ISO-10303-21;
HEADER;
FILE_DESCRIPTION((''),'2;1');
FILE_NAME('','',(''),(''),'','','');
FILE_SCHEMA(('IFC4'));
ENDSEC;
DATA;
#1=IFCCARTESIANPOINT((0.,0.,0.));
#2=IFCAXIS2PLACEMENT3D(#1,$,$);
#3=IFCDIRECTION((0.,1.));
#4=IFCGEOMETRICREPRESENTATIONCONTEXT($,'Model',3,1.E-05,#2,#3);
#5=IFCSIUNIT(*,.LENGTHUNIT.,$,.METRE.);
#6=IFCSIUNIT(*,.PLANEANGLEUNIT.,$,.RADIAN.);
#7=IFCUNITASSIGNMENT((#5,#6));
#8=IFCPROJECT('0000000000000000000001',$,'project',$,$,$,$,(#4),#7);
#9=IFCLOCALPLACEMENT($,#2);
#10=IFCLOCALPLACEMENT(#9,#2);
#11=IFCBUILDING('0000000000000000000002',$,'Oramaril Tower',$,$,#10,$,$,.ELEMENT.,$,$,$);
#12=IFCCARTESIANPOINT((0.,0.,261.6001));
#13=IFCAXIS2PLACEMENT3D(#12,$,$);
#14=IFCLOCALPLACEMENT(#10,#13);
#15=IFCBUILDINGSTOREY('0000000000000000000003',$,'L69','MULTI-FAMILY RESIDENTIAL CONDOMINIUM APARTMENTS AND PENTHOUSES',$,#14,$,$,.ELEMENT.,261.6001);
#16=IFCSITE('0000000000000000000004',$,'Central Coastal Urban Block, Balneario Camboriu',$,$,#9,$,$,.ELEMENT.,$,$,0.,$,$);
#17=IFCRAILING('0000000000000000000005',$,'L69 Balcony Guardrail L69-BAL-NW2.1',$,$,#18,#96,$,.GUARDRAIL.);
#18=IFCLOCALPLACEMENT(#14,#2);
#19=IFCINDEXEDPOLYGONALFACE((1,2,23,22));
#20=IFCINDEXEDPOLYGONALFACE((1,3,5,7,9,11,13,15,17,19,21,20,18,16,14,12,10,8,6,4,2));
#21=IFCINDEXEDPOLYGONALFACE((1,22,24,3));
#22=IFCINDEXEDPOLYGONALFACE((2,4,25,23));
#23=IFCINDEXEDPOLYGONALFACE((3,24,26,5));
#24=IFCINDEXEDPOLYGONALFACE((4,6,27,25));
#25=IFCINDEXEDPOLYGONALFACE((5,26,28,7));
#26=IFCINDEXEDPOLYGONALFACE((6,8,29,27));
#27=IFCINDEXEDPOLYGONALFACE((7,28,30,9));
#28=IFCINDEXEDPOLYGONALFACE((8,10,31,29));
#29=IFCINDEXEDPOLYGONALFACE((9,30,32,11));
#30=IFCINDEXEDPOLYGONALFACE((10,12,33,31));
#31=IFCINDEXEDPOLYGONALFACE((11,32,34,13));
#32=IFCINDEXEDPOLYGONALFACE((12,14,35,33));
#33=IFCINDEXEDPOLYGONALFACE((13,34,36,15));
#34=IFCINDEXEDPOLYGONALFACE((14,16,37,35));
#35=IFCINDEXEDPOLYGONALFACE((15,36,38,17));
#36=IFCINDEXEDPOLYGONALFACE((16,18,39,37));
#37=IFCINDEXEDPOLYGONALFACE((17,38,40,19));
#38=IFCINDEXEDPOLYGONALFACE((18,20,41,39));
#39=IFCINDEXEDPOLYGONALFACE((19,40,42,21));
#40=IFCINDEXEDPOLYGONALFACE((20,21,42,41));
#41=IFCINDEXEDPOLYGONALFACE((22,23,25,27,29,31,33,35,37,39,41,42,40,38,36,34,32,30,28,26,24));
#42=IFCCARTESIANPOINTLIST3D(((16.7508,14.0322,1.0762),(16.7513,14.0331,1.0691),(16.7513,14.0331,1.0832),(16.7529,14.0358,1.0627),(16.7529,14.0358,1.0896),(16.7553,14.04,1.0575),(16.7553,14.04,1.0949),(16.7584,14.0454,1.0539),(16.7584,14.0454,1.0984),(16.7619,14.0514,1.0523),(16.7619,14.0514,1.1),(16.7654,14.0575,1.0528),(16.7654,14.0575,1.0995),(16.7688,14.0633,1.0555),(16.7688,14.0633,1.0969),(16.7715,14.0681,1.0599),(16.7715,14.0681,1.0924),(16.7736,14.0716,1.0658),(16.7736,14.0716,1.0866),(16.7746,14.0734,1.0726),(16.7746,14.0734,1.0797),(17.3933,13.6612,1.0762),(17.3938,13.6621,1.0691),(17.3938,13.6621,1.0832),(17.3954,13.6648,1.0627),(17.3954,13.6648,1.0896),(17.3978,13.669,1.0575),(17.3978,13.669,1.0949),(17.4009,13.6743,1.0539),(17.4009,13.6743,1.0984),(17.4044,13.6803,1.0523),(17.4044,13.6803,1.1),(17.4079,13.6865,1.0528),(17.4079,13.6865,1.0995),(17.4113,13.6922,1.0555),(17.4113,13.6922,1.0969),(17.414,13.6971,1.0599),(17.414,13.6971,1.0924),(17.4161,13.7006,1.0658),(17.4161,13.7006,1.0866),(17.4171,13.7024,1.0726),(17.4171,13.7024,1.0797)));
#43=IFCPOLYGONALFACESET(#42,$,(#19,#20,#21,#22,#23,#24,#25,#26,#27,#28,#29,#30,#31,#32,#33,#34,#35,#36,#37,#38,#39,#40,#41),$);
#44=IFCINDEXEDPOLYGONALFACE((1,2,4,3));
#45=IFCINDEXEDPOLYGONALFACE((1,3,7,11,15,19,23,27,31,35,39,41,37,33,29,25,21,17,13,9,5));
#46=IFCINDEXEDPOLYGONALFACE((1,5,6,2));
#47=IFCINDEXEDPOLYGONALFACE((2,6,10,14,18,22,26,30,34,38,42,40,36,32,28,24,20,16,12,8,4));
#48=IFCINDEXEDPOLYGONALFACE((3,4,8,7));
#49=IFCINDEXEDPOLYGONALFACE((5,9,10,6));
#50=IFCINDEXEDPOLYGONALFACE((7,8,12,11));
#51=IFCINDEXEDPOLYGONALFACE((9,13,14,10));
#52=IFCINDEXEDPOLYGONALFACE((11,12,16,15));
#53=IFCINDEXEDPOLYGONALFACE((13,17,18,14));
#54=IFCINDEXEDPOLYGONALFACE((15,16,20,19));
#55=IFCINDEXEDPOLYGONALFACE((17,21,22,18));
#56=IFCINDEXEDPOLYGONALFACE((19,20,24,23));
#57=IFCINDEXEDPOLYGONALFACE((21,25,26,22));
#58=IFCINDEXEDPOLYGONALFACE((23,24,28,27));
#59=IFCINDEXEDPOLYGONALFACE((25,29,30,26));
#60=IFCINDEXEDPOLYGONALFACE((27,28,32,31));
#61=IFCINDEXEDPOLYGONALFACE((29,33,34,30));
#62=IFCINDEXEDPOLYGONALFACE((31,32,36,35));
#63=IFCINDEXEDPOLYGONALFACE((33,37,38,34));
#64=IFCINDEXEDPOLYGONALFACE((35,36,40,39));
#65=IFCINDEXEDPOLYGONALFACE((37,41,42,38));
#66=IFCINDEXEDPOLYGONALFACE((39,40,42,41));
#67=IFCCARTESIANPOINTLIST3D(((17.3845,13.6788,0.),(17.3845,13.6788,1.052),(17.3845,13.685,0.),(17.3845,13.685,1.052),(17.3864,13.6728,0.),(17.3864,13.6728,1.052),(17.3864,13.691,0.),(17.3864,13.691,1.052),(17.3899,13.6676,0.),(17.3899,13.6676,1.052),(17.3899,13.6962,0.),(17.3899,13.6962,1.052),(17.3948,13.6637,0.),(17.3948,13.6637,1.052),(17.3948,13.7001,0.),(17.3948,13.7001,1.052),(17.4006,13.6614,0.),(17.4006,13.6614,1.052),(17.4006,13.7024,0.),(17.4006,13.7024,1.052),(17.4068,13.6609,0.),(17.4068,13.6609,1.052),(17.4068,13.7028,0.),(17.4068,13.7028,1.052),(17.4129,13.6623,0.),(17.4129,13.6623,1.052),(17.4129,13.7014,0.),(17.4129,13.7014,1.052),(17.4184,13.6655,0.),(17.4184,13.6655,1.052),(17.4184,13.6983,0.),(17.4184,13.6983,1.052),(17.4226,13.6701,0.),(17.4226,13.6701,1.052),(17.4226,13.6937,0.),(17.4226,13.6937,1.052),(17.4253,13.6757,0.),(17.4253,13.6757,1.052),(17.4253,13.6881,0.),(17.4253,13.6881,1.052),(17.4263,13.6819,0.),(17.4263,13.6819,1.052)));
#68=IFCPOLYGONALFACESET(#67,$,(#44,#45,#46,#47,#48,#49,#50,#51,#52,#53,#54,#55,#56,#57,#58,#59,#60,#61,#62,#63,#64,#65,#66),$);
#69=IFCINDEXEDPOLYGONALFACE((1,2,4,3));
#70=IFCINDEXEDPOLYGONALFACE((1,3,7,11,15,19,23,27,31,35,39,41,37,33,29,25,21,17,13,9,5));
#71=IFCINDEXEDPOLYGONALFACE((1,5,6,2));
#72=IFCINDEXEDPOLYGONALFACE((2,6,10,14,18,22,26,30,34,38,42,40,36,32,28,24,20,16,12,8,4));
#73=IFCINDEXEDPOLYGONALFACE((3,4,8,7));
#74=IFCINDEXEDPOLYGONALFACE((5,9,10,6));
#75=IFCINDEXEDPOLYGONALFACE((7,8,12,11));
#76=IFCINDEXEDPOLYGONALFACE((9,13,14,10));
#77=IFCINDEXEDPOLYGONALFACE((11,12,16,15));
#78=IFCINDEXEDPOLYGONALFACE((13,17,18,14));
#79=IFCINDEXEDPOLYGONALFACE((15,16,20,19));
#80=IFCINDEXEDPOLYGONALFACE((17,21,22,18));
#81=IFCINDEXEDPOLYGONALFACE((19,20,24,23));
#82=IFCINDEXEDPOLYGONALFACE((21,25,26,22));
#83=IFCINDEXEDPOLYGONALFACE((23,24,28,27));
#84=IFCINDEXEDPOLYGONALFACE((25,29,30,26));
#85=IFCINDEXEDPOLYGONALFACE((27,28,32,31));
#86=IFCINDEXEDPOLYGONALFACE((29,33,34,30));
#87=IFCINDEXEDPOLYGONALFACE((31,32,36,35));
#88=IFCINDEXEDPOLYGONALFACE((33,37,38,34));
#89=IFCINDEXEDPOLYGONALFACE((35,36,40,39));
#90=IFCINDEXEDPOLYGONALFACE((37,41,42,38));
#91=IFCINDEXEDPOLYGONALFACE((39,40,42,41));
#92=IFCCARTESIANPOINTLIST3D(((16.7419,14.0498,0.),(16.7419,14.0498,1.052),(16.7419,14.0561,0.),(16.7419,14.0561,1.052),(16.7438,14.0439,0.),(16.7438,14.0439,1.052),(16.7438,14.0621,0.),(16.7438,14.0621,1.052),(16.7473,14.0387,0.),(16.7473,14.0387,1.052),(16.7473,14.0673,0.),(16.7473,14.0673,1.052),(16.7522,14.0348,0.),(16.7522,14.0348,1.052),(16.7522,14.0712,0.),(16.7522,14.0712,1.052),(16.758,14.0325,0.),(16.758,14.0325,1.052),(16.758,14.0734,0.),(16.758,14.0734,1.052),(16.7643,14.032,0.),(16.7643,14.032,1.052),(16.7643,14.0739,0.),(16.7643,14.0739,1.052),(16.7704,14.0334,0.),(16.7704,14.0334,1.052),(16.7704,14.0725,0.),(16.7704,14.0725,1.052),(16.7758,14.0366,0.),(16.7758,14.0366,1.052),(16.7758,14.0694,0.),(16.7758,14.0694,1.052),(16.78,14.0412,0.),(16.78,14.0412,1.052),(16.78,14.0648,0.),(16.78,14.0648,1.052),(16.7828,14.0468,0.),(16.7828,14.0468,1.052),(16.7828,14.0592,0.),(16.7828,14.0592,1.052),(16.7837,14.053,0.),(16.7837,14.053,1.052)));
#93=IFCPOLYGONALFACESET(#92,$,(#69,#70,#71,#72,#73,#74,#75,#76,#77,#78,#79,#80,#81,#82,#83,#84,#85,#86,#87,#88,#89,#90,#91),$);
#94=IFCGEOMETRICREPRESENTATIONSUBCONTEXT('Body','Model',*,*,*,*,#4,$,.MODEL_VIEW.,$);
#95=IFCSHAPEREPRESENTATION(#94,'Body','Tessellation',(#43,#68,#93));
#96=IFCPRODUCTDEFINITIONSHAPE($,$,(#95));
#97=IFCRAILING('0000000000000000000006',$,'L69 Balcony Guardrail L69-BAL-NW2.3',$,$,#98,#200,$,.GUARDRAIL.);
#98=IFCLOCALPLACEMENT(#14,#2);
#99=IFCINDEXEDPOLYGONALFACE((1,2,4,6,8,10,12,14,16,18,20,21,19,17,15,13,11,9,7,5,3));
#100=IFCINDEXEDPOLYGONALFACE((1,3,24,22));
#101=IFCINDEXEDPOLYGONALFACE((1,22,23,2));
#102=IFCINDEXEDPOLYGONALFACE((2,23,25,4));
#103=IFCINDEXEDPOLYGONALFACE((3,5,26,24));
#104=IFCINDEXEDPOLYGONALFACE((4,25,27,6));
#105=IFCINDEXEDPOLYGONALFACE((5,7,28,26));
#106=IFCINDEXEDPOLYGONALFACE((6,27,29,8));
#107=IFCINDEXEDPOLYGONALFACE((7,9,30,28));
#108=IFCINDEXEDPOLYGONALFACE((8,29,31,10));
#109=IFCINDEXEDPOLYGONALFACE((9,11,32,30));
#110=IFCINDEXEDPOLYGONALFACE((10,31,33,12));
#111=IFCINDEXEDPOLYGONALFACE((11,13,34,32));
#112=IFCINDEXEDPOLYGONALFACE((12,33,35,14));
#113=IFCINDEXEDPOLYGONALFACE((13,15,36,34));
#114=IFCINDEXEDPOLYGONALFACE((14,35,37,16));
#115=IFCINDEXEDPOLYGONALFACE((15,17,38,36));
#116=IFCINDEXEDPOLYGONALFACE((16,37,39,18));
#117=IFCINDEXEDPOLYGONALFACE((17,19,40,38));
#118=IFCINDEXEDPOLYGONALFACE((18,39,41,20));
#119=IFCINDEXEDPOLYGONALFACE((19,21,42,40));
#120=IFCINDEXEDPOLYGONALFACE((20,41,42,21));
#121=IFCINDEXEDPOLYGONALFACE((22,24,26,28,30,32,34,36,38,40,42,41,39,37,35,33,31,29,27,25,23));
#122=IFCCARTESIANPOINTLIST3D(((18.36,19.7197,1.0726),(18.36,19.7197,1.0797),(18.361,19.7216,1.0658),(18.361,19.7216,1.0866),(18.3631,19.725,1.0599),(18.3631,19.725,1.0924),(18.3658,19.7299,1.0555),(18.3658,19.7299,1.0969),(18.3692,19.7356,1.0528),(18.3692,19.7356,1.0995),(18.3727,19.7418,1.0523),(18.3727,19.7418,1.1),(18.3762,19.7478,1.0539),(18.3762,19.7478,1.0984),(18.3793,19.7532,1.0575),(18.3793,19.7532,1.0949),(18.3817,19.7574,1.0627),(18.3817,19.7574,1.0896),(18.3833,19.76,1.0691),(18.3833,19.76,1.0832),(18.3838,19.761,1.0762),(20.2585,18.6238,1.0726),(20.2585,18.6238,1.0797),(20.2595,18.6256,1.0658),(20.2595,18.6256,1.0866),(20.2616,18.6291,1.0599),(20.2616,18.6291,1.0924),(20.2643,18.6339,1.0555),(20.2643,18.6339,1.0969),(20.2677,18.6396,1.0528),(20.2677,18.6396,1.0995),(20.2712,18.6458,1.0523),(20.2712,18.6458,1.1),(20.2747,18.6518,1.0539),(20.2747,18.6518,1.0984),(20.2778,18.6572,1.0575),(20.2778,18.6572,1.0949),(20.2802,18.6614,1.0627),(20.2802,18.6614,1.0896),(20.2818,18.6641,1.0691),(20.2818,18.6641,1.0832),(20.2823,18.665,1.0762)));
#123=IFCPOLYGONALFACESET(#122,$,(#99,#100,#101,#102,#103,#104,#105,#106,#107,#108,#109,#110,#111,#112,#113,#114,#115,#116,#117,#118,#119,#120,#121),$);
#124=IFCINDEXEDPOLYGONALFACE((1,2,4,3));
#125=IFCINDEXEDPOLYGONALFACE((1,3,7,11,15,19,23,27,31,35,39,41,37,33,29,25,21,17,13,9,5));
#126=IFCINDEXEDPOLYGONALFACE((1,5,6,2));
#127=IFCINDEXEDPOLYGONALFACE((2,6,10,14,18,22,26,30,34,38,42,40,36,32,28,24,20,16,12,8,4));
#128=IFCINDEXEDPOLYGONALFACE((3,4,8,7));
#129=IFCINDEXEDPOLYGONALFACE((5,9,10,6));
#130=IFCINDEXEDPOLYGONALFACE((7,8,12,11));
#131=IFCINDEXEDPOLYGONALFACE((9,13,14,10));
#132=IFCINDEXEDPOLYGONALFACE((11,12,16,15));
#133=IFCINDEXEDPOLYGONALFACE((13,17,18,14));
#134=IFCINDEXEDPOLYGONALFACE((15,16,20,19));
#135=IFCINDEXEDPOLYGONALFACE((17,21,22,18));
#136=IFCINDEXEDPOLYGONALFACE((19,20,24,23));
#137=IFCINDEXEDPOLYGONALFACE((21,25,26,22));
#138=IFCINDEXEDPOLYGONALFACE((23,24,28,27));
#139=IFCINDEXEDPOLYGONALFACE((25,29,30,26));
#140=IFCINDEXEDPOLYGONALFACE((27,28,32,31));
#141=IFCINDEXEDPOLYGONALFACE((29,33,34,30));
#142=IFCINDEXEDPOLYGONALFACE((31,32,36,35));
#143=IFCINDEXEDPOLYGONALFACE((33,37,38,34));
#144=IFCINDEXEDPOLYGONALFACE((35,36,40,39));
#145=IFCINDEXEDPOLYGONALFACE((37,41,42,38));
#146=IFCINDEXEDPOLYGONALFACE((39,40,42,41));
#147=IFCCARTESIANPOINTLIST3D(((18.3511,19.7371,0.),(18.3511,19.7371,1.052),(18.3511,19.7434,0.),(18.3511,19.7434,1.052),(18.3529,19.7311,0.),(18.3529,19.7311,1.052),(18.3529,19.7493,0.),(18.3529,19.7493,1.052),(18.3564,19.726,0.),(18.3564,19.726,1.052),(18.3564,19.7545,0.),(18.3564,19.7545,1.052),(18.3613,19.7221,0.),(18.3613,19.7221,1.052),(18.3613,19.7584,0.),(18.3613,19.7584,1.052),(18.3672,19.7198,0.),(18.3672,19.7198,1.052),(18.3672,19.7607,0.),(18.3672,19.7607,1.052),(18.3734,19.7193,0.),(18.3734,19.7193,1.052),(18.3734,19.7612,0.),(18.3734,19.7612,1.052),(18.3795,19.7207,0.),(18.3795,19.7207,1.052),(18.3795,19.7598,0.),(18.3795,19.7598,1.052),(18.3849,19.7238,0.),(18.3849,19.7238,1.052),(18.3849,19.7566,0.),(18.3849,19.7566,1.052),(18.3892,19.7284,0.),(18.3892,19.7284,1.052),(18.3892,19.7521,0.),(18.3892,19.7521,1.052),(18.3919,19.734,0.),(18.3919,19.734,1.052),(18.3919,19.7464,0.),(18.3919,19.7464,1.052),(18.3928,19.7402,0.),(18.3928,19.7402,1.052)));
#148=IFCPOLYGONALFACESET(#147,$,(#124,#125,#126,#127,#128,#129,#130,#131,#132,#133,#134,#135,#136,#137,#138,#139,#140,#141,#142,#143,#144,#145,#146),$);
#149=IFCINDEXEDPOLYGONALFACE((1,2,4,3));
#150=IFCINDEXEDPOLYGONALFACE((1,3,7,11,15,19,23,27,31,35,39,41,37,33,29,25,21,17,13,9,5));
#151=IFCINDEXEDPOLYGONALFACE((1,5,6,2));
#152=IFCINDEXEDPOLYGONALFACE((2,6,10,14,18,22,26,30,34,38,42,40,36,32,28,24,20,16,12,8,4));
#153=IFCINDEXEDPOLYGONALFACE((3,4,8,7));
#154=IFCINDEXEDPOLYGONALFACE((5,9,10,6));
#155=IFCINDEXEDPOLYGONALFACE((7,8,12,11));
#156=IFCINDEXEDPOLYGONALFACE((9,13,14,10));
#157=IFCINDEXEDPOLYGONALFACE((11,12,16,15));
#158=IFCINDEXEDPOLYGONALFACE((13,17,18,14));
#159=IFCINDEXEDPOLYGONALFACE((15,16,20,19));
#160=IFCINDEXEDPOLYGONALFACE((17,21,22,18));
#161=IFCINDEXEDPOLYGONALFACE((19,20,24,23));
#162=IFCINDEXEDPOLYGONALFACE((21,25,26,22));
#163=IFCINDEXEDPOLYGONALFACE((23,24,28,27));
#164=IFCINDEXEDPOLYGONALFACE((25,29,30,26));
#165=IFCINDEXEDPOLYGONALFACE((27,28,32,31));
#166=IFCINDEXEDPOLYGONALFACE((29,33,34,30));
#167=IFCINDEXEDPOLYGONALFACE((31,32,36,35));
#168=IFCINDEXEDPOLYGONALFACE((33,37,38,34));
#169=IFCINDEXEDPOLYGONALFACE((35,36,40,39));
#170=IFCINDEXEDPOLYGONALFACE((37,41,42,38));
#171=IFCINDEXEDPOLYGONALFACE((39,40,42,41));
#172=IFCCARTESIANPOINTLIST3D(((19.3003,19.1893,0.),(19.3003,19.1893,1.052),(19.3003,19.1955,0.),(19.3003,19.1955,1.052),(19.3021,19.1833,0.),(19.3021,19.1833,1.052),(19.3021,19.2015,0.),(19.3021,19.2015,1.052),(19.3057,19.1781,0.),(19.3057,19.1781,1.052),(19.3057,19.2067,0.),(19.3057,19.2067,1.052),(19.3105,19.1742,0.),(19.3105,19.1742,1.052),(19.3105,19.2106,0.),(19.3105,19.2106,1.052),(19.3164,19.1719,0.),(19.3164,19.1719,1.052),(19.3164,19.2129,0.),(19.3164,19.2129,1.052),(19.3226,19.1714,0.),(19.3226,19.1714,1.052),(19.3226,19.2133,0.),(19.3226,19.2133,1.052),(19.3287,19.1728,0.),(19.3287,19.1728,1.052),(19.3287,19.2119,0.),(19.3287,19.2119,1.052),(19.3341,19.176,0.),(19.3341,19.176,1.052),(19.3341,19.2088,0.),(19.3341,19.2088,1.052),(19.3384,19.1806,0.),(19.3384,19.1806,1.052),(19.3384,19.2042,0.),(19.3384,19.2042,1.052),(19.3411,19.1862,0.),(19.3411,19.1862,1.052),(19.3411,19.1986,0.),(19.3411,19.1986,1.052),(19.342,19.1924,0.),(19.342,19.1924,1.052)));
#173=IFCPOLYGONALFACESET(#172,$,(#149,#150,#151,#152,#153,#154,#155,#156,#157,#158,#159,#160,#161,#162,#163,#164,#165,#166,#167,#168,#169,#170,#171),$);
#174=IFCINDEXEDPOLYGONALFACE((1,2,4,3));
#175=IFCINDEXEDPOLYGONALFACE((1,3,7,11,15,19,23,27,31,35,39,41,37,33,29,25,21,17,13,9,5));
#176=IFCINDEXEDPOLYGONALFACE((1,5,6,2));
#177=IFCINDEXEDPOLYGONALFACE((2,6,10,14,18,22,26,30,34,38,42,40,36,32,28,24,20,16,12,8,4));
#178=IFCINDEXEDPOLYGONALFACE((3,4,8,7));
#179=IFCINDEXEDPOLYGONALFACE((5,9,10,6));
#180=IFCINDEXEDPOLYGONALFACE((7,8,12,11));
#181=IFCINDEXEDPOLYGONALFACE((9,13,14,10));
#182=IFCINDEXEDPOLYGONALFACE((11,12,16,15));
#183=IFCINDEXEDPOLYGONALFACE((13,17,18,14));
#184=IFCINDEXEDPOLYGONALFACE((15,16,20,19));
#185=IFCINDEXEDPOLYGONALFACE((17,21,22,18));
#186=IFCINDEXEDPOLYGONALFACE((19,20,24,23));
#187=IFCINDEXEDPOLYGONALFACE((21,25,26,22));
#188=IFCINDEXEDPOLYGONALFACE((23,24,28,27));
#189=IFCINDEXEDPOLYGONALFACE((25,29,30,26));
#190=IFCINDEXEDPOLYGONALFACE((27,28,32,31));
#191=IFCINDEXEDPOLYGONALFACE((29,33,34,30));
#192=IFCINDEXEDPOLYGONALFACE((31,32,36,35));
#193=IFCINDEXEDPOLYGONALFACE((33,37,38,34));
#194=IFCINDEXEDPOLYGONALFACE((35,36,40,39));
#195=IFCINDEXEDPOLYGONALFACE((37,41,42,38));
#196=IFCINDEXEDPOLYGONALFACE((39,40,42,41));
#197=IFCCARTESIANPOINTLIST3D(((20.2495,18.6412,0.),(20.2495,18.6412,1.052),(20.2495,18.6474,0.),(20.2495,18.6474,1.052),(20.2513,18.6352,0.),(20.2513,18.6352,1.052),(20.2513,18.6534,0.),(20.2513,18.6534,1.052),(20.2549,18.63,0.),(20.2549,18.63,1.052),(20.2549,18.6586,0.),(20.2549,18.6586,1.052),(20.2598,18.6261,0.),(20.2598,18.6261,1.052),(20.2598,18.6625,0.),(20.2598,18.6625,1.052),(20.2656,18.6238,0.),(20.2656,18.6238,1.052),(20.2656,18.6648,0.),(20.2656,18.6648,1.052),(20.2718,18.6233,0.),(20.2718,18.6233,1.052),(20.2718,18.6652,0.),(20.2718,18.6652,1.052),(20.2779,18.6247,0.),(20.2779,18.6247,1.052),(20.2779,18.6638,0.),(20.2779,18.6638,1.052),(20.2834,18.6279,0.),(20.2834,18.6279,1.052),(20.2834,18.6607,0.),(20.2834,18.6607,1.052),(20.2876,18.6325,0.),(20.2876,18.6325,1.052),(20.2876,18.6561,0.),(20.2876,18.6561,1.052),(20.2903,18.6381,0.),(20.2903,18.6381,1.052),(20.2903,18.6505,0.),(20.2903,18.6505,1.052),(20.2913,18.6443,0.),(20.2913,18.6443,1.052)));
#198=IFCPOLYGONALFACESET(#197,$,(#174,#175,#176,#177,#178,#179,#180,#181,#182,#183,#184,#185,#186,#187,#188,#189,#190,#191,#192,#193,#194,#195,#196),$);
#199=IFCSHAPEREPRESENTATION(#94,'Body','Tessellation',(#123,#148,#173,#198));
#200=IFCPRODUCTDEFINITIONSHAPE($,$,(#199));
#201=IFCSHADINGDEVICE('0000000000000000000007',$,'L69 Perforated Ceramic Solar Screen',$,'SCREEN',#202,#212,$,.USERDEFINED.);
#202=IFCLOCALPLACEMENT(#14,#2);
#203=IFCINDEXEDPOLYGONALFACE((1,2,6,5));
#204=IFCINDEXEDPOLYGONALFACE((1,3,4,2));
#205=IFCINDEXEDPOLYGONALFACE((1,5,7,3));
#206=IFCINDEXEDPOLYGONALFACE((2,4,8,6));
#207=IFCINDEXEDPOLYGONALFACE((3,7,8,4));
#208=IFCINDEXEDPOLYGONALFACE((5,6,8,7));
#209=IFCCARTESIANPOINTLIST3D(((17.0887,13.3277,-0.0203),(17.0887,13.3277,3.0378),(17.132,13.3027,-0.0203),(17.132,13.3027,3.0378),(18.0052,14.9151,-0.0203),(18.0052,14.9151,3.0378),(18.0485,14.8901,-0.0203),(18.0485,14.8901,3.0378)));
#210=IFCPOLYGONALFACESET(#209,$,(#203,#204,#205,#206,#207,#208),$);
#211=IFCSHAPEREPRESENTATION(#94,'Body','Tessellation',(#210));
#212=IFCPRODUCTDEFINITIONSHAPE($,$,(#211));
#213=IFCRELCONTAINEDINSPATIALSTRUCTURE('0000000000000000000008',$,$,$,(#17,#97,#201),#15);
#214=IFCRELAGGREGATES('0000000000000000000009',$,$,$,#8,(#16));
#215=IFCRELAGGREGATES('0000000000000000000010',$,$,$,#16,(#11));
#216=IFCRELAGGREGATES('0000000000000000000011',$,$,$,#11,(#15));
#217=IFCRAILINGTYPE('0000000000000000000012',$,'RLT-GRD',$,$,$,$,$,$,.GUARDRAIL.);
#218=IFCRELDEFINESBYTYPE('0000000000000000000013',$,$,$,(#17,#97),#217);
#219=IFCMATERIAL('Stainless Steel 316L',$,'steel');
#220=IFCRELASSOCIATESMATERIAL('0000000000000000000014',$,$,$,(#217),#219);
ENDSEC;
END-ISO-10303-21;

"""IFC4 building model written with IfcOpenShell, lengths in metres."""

from ifc_helpers import new_model, si_unit, direction, frame, origin, origin_2d, place, context, subcontext, project, spatial, rectangle, circle, extrude, material, type_object, element, save


model = new_model("IFC4")

# Units and contexts
model_context = context("Model", 3, precision=1e-05, world=origin(), true_north=direction((0.0, 1.0)))
body_context = subcontext(model_context, "Body", "Model", "MODEL_VIEW")
ifc_project = project(units=[si_unit("LENGTHUNIT", "METRE"), si_unit("PLANEANGLEUNIT", "RADIAN")], contexts=[model_context])

# Site, building, storey
site_placement = place(None, origin())
site = spatial("IfcSite", under=ifc_project, at=site_placement, Name="Central Coastal Urban Block, Balneario Camboriu", CompositionType="ELEMENT", RefElevation=0.0)
building_placement = place(site_placement, origin())
building = spatial("IfcBuilding", under=site, at=building_placement, Name="Oramaril Tower", CompositionType="ELEMENT")
storey_placement = place(building_placement, frame((0.0, 0.0, 261.6001)))
storey = spatial("IfcBuildingStorey", under=building, at=storey_placement, Name="L69", Description="MULTI-FAMILY RESIDENTIAL CONDOMINIUM APARTMENTS AND PENTHOUSES", CompositionType="ELEMENT", Elevation=261.6001)

# Railings
ifc_material_1 = material(Name="Stainless Steel 316L", Category="steel")
railing_type = type_object("IfcRailingType", Name="RLT-GRD", PredefinedType="GUARDRAIL", material=ifc_material_1)
railing_1_placement = place(storey_placement, frame((17.4053, 13.6819, 0.0)))
element("IfcRailing", 1, at=railing_1_placement, inside=storey, type_object=railing_type, Name="L69 Balcony Guardrail L69-BAL-NW2.1", PredefinedType="GUARDRAIL", context=body_context, shape_type="SweptSolid", body=[
    extrude(circle(Radius=0.0239, at=origin_2d()), frame((0.0, 0.0, 1.0762), z_axis=(-0.865966, 0.500102, 0.0), x_axis=(-0.500102, -0.865966, 0.0)), (0.0, 0.0, 1.0), 0.7419),
    extrude(circle(Radius=0.021, at=origin_2d()), origin(), (0.0, 0.0, 1.0), 1.052),
    extrude(circle(Radius=0.021, at=origin_2d()), frame((-0.6426, 0.3711, 0.0)), (0.0, 0.0, 1.0), 1.052),
])
railing_2_placement = place(storey_placement, frame((18.3718, 19.7402, 0.0)))
element("IfcRailing", 2, at=railing_2_placement, inside=storey, type_object=railing_type, Name="L69 Balcony Guardrail L69-BAL-NW2.3", PredefinedType="GUARDRAIL", context=body_context, shape_type="SweptSolid", body=[
    extrude(circle(Radius=0.0239, at=origin_2d()), frame((0.0, 0.0, 1.0762), z_axis=(0.866048, -0.49996, 0.0), x_axis=(0.49996, 0.866048, 0.0)), (0.0, 0.0, 1.0), 2.1921),
    extrude(circle(Radius=0.021, at=origin_2d()), origin(), (0.0, 0.0, 1.0), 1.052),
    extrude(circle(Radius=0.021, at=origin_2d()), frame((0.9492, -0.5479, 0.0)), (0.0, 0.0, 1.0), 1.052),
    extrude(circle(Radius=0.021, at=origin_2d()), frame((1.8984, -1.0959, 0.0)), (0.0, 0.0, 1.0), 1.052),
])

# Shading device
for number, where, z_axis, x_axis, name in (
    (3, (17.5686, 14.1089, -0.0203), (0.0, 0.0, 1.0), (-0.5, -0.866025, 0.0), "L69 Perforated Ceramic Solar Screen"),
):
    element("IfcShadingDevice", number, at=place(storey_placement, frame(where, z_axis=z_axis, x_axis=x_axis)), inside=storey, Name=name, ObjectType="SCREEN", PredefinedType="USERDEFINED", context=body_context, shape_type="SweptSolid", body=[
        extrude(rectangle(XDim=1.833, YDim=0.05, at=origin_2d()), origin(), (0.0, 0.0, 1.0), 3.0581),
    ])

save(model, "model.ifc")
